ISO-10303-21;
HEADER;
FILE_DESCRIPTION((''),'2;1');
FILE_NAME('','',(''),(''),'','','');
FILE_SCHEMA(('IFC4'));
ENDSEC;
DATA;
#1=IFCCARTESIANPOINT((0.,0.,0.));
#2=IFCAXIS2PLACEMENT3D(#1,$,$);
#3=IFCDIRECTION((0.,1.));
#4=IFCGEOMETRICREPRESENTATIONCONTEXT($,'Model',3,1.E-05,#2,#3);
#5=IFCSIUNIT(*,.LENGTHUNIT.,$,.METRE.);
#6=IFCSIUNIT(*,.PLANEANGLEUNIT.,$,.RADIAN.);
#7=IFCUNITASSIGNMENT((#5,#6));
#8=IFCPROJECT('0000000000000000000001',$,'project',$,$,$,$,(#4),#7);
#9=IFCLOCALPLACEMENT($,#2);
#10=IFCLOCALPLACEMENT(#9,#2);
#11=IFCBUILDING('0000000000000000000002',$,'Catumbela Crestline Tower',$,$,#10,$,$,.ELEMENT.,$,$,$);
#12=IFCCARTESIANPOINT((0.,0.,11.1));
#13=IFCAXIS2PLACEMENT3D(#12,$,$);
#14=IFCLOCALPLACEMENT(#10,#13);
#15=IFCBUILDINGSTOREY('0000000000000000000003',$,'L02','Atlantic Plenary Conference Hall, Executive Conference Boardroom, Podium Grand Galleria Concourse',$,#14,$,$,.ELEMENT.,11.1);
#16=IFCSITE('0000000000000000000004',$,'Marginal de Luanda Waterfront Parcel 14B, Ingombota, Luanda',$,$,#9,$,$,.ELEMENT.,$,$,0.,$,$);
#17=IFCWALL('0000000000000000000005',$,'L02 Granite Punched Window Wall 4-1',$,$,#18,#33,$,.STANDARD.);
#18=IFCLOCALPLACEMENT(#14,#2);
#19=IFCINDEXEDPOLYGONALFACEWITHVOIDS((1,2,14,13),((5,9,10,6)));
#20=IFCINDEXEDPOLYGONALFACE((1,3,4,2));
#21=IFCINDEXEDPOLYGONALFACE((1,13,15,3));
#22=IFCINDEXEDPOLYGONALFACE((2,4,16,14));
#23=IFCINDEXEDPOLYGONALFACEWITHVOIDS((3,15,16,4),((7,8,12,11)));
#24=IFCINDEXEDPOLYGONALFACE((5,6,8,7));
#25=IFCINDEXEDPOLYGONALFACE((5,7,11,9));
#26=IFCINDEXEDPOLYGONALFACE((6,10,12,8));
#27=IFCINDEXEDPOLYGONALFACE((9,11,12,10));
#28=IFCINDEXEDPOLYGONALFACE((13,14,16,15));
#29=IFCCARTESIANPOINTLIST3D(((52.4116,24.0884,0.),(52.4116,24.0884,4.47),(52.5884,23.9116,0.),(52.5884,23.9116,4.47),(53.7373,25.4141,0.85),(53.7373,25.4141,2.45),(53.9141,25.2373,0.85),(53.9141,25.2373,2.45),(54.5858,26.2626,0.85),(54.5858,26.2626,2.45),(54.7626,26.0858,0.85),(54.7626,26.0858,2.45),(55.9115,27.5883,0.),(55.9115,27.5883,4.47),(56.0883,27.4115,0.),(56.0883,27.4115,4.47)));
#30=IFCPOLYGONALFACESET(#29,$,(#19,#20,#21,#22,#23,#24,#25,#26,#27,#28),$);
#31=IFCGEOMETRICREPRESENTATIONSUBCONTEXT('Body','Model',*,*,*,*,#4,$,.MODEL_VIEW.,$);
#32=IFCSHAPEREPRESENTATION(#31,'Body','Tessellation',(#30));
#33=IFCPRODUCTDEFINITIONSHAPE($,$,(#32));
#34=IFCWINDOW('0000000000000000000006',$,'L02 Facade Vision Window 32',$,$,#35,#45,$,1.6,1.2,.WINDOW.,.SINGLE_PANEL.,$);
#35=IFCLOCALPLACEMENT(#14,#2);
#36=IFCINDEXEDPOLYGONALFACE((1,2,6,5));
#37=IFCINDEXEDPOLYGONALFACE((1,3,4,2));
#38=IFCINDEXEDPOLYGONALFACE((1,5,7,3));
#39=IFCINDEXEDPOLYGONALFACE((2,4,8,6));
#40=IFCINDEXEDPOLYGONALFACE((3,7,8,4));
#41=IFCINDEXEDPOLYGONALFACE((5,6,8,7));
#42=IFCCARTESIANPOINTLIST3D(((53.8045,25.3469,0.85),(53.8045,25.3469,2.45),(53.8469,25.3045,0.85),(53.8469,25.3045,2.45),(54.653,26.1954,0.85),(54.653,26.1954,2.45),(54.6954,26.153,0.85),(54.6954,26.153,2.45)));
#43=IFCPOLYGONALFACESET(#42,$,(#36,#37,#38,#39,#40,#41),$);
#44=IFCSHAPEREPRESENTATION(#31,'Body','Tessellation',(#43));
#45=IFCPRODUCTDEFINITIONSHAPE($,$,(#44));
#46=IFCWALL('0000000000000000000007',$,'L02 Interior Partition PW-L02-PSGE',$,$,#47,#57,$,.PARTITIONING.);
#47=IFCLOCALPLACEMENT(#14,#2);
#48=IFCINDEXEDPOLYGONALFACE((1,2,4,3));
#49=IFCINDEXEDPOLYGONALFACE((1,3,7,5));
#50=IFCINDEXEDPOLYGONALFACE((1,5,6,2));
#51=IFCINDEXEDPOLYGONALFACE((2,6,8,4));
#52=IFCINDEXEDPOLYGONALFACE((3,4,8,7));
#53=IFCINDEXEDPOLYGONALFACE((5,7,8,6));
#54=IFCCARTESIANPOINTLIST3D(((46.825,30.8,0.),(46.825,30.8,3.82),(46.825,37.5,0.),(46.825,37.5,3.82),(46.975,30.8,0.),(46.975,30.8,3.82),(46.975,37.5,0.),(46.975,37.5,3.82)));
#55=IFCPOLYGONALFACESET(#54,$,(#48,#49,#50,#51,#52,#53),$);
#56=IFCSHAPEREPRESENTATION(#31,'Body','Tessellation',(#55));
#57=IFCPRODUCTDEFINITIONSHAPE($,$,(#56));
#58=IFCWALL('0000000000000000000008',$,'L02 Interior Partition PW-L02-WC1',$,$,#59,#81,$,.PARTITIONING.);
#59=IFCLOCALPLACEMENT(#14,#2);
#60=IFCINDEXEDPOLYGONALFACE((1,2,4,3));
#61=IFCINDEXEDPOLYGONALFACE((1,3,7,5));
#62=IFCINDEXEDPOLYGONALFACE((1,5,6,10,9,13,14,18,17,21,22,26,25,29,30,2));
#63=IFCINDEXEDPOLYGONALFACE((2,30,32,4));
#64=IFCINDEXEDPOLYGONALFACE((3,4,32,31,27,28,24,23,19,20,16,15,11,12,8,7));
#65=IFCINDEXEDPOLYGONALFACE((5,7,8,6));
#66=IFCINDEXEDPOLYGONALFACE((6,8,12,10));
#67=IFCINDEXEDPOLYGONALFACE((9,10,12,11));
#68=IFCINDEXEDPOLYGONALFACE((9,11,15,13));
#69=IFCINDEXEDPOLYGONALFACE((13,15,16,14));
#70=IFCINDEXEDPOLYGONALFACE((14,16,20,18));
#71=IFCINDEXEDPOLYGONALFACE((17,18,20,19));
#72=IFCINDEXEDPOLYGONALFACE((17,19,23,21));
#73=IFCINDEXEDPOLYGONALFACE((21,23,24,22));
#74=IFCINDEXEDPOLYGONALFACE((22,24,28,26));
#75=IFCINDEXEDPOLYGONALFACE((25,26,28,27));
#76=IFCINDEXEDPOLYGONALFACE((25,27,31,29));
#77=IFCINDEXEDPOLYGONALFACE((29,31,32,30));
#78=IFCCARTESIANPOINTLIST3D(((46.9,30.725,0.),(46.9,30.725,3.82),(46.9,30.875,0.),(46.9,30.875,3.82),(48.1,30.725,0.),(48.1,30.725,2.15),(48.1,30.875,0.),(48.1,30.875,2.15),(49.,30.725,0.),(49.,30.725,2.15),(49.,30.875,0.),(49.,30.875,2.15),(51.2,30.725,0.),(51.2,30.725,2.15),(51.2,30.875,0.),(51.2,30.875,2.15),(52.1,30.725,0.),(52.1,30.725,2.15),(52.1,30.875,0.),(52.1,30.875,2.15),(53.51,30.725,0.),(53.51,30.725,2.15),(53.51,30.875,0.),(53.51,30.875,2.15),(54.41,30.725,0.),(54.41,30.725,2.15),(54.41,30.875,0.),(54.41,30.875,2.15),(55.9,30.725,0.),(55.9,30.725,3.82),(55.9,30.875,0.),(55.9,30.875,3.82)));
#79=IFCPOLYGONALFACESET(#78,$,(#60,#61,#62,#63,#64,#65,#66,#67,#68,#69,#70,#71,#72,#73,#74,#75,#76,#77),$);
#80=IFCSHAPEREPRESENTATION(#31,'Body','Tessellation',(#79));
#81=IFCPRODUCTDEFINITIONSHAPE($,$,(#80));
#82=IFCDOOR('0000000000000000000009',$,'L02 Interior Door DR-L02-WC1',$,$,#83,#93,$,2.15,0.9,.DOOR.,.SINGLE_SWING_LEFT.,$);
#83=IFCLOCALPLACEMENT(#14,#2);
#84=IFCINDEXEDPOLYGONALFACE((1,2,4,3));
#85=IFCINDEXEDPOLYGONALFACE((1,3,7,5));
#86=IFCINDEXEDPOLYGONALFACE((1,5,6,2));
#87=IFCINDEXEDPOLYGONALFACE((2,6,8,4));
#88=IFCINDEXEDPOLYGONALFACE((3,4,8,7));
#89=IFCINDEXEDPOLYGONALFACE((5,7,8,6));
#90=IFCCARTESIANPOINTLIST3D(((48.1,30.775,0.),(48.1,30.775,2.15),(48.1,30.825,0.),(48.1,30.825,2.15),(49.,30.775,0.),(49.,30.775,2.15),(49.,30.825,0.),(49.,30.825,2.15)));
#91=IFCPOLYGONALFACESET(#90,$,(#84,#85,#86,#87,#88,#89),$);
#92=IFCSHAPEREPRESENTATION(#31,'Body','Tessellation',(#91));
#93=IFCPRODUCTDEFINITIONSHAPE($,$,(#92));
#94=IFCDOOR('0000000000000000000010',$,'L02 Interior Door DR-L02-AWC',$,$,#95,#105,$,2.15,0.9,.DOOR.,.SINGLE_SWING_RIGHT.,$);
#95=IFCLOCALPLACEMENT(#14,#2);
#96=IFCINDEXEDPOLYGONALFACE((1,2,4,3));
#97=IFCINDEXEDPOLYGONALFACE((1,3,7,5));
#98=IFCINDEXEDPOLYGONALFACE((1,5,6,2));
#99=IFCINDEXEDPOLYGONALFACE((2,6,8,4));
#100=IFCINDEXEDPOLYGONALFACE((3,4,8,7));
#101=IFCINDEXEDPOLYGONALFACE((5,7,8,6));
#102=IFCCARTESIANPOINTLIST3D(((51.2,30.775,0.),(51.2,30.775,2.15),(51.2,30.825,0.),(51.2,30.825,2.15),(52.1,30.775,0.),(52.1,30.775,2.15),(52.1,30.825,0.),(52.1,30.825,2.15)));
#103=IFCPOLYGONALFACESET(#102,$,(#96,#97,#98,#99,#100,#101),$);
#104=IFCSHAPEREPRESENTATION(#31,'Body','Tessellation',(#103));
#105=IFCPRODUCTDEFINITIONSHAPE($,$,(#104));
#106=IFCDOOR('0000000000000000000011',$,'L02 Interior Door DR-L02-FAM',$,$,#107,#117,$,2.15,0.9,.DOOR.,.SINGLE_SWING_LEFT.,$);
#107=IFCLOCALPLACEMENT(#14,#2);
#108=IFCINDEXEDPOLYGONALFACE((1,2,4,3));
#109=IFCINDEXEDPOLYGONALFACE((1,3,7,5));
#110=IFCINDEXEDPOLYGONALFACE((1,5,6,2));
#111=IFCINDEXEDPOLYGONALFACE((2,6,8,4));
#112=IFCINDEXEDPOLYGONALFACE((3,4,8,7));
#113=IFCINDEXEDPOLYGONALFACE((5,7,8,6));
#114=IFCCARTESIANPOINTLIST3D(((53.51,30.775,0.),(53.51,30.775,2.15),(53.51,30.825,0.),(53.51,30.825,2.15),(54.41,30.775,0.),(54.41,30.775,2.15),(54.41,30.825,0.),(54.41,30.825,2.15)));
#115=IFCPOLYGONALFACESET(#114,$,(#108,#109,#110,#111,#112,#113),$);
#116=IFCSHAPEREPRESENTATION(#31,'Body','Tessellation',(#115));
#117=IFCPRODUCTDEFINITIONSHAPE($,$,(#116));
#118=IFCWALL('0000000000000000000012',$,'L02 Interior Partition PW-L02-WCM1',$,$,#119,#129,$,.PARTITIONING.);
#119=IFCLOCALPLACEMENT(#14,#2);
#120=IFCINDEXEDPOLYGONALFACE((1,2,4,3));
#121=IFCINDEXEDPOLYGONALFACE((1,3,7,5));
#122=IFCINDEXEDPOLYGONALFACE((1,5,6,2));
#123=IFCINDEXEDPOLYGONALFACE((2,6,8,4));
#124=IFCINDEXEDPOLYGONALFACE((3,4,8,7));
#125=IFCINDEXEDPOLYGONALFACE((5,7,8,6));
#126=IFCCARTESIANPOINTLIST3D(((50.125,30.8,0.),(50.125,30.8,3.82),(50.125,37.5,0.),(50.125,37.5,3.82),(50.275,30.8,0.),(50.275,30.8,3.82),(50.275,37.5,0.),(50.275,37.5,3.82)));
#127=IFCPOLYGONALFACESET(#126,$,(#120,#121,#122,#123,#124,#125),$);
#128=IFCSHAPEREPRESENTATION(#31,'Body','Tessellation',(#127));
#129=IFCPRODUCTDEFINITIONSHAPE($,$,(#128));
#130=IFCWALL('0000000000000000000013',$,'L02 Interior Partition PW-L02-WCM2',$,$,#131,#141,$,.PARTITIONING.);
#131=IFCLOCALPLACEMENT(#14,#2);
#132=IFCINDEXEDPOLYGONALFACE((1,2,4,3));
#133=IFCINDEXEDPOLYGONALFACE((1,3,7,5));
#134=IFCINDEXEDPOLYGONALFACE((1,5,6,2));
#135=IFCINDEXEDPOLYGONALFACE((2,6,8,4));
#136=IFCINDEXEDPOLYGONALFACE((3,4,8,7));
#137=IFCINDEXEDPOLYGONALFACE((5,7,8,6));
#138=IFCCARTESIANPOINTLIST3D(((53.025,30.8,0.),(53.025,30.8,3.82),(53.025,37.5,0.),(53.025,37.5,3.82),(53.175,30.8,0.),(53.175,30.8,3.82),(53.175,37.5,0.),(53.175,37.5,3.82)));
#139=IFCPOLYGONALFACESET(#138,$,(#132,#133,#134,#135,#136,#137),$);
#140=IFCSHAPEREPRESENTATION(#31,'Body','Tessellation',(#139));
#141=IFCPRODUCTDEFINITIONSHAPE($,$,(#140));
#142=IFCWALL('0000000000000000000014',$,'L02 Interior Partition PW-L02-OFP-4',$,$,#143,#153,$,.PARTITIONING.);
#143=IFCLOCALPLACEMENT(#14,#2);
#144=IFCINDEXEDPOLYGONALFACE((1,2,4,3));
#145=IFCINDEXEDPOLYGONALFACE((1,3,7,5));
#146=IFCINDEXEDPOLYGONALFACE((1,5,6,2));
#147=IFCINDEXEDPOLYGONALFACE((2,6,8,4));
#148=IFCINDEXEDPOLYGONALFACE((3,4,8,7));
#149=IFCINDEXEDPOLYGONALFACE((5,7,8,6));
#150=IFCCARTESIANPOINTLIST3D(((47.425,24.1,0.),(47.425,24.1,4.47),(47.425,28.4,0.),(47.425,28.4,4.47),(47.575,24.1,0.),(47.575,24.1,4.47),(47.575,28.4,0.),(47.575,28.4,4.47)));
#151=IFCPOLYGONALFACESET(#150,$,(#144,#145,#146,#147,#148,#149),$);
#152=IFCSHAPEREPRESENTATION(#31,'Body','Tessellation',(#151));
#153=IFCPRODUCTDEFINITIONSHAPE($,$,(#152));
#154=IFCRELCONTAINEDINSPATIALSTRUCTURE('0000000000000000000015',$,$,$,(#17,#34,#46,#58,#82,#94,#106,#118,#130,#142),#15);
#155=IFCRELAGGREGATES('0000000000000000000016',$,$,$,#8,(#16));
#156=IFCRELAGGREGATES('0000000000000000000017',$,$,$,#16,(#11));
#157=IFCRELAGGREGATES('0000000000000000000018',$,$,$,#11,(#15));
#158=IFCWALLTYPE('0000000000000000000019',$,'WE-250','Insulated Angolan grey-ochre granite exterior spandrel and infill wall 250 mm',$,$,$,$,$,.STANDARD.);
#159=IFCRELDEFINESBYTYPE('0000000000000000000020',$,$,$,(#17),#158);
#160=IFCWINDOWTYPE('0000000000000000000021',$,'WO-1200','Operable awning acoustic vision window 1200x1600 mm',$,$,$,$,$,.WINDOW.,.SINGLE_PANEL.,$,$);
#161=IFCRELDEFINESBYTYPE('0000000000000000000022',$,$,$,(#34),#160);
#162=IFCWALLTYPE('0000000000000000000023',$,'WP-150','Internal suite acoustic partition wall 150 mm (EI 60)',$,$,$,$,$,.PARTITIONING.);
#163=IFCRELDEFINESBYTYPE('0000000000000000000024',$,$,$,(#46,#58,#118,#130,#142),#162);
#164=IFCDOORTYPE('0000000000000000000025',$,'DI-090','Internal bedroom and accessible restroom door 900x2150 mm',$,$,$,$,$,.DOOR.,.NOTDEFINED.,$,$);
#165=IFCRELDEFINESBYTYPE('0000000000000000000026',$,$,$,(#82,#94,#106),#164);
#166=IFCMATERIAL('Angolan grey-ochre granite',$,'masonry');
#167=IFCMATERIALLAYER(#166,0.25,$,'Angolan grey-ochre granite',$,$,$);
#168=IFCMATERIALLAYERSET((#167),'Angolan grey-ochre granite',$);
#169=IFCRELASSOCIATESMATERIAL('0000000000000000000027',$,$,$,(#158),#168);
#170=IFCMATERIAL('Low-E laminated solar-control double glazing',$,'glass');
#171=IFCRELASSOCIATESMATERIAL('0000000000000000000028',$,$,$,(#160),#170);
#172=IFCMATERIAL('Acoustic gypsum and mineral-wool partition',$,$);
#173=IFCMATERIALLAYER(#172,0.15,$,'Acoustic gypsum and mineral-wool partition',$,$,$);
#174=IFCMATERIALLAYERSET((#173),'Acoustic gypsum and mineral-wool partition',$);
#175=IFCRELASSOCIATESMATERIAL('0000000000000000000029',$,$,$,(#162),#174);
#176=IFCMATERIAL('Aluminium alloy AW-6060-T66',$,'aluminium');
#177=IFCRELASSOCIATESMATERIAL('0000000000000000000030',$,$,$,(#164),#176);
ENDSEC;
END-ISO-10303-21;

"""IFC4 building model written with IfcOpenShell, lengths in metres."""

from ifc_helpers import new_model, si_unit, direction, frame, frame_2d, origin, place, context, subcontext, project, spatial, rectangle, extrude, material, layer, layer_set, type_object, element, fill, save


model = new_model("IFC4")

# Units and contexts
model_context = context("Model", 3, precision=1e-05, world=origin(), true_north=direction((0.0, 1.0)))
body_context = subcontext(model_context, "Body", "Model", "MODEL_VIEW")
ifc_project = project(units=[si_unit("LENGTHUNIT", "METRE"), si_unit("PLANEANGLEUNIT", "RADIAN")], contexts=[model_context])

# Site, building, storey
site_placement = place(None, origin())
site = spatial("IfcSite", under=ifc_project, at=site_placement, Name="Marginal de Luanda Waterfront Parcel 14B, Ingombota, Luanda", CompositionType="ELEMENT", RefElevation=0.0)
building_placement = place(site_placement, origin())
building = spatial("IfcBuilding", under=site, at=building_placement, Name="Catumbela Crestline Tower", CompositionType="ELEMENT")
storey_placement = place(building_placement, frame((0.0, 0.0, 11.1)))
storey = spatial("IfcBuildingStorey", under=building, at=storey_placement, Name="L02", Description="Atlantic Plenary Conference Hall, Executive Conference Boardroom, Podium Grand Galleria Concourse", CompositionType="ELEMENT", Elevation=11.1)

# Shared definitions
ifc_material_1 = material(Name="Aluminium alloy AW-6060-T66", Category="aluminium")

# Shared definitions
ifc_material_2 = material(Name="Low-E laminated solar-control double glazing", Category="glass")

# Wall, opening, window
ifc_material_3 = material(Name="Angolan grey-ochre granite", Category="masonry")
ifc_layer_1 = layer(ifc_material_3, 0.25, Name="Angolan grey-ochre granite")
ifc_layer_set_1 = layer_set([ifc_layer_1], Name="Angolan grey-ochre granite")
wall_type_1 = type_object("IfcWallType", Name="WE-250", Description="Insulated Angolan grey-ochre granite exterior spandrel and infill wall 250 mm", PredefinedType="STANDARD", material=ifc_layer_set_1)
wall_1_placement = place(storey_placement, frame((52.5, 24.0, 0.0), z_axis=(0.0, 0.0, 1.0), x_axis=(0.707107, 0.707107, 0.0)))
wall_1 = element("IfcWall", 1, at=wall_1_placement, inside=storey, type_object=wall_type_1, Name="L02 Granite Punched Window Wall 4-1", PredefinedType="STANDARD", context=body_context, shape_type="SweptSolid", body=[
    extrude(rectangle(XDim=4.9497, YDim=0.25, at=frame_2d((2.4748, 0.0))), origin(), (0.0, 0.0, 1.0), 4.47),
])
opening_1_placement = place(wall_1_placement, frame((1.8748, 0.0, 0.85)))
opening_1 = element("IfcOpeningElement", 2, at=opening_1_placement, cuts=wall_1, PredefinedType="OPENING", context=body_context, shape_type="SweptSolid", body=[
    extrude(rectangle(XDim=1.2, YDim=1.6, at=frame_2d((0.6, 0.8))), frame((0.0, 0.135, 0.0), z_axis=(0.0, -1.0, 0.0), x_axis=(1.0, 0.0, 0.0)), (0.0, 0.0, 1.0), 0.27),
])
window_type = type_object("IfcWindowType", Name="WO-1200", Description="Operable awning acoustic vision window 1200x1600 mm", PartitioningType="SINGLE_PANEL", PredefinedType="WINDOW", material=ifc_material_2)
window_placement = place(opening_1_placement, origin())
window = element("IfcWindow", 3, at=window_placement, inside=storey, type_object=window_type, Name="L02 Facade Vision Window 32", OverallHeight=1.6, OverallWidth=1.2, PartitioningType="SINGLE_PANEL", PredefinedType="WINDOW", context=body_context, shape_type="SweptSolid", body=[
    extrude(rectangle(XDim=1.2, YDim=1.6, at=frame_2d((0.6, 0.8))), frame((0.0, 0.03, 0.0), z_axis=(0.0, -1.0, 0.0), x_axis=(1.0, 0.0, 0.0)), (0.0, 0.0, 1.0), 0.06),
])
fill(opening_1, window)

# Wall
ifc_material_4 = material(Name="Acoustic gypsum and mineral-wool partition")
ifc_layer_2 = layer(ifc_material_4, 0.15, Name="Acoustic gypsum and mineral-wool partition")
ifc_layer_set_2 = layer_set([ifc_layer_2], Name="Acoustic gypsum and mineral-wool partition")
wall_type_2 = type_object("IfcWallType", Name="WP-150", Description="Internal suite acoustic partition wall 150 mm (EI 60)", PredefinedType="PARTITIONING", material=ifc_layer_set_2)
wall_2_placement = place(storey_placement, frame((46.9, 30.8, 0.0), z_axis=(0.0, 0.0, 1.0), x_axis=(0.0, 1.0, 0.0)))
element("IfcWall", 4, at=wall_2_placement, inside=storey, type_object=wall_type_2, Name="L02 Interior Partition PW-L02-PSGE", PredefinedType="PARTITIONING", context=body_context, shape_type="SweptSolid", body=[
    extrude(rectangle(XDim=6.7, YDim=0.15, at=frame_2d((3.35, 0.0))), origin(), (0.0, 0.0, 1.0), 3.82),
])

# Wall, openings, doors
wall_3_placement = place(storey_placement, frame((46.9, 30.8, 0.0), z_axis=(0.0, 0.0, 1.0), x_axis=(1.0, 0.0, 0.0)))
wall_3 = element("IfcWall", 5, at=wall_3_placement, inside=storey, type_object=wall_type_2, Name="L02 Interior Partition PW-L02-WC1", PredefinedType="PARTITIONING", context=body_context, shape_type="SweptSolid", body=[
    extrude(rectangle(XDim=9.0, YDim=0.15, at=frame_2d((4.5, 0.0))), origin(), (0.0, 0.0, 1.0), 3.82),
])
opening_2_placement = place(wall_3_placement, frame((1.2, 0.0, 0.0)))
opening_2 = element("IfcOpeningElement", 6, at=opening_2_placement, cuts=wall_3, PredefinedType="OPENING", context=body_context, shape_type="SweptSolid", body=[
    extrude(rectangle(XDim=0.9, YDim=2.15, at=frame_2d((0.45, 1.075))), frame((0.0, 0.085, 0.0), z_axis=(0.0, -1.0, 0.0), x_axis=(1.0, 0.0, 0.0)), (0.0, 0.0, 1.0), 0.17),
])
opening_3_placement = place(wall_3_placement, frame((4.3, 0.0, 0.0)))
opening_3 = element("IfcOpeningElement", 7, at=opening_3_placement, cuts=wall_3, PredefinedType="OPENING", context=body_context, shape_type="SweptSolid", body=[
    extrude(rectangle(XDim=0.9, YDim=2.15, at=frame_2d((0.45, 1.075))), frame((0.0, 0.085, 0.0), z_axis=(0.0, -1.0, 0.0), x_axis=(1.0, 0.0, 0.0)), (0.0, 0.0, 1.0), 0.17),
])
opening_4_placement = place(wall_3_placement, frame((6.61, 0.0, 0.0)))
opening_4 = element("IfcOpeningElement", 8, at=opening_4_placement, cuts=wall_3, PredefinedType="OPENING", context=body_context, shape_type="SweptSolid", body=[
    extrude(rectangle(XDim=0.9, YDim=2.15, at=frame_2d((0.45, 1.075))), frame((0.0, 0.085, 0.0), z_axis=(0.0, -1.0, 0.0), x_axis=(1.0, 0.0, 0.0)), (0.0, 0.0, 1.0), 0.17),
])
door_type = type_object("IfcDoorType", Name="DI-090", Description="Internal bedroom and accessible restroom door 900x2150 mm", OperationType="NOTDEFINED", PredefinedType="DOOR", material=ifc_material_1)
door_1_placement = place(opening_2_placement, origin())
door_1 = element("IfcDoor", 9, at=door_1_placement, inside=storey, type_object=door_type, Name="L02 Interior Door DR-L02-WC1", OperationType="SINGLE_SWING_LEFT", OverallHeight=2.15, OverallWidth=0.9, PredefinedType="DOOR", context=body_context, shape_type="SweptSolid", body=[
    extrude(rectangle(XDim=0.9, YDim=2.15, at=frame_2d((0.45, 1.075))), frame((0.0, 0.025, 0.0), z_axis=(0.0, -1.0, 0.0), x_axis=(1.0, 0.0, 0.0)), (0.0, 0.0, 1.0), 0.05),
])
fill(opening_2, door_1)
door_2_placement = place(opening_3_placement, origin())
door_2 = element("IfcDoor", 10, at=door_2_placement, inside=storey, type_object=door_type, Name="L02 Interior Door DR-L02-AWC", OperationType="SINGLE_SWING_RIGHT", OverallHeight=2.15, OverallWidth=0.9, PredefinedType="DOOR", context=body_context, shape_type="SweptSolid", body=[
    extrude(rectangle(XDim=0.9, YDim=2.15, at=frame_2d((0.45, 1.075))), frame((0.0, 0.025, 0.0), z_axis=(0.0, -1.0, 0.0), x_axis=(1.0, 0.0, 0.0)), (0.0, 0.0, 1.0), 0.05),
])
fill(opening_3, door_2)
door_3_placement = place(opening_4_placement, origin())
door_3 = element("IfcDoor", 11, at=door_3_placement, inside=storey, type_object=door_type, Name="L02 Interior Door DR-L02-FAM", OperationType="SINGLE_SWING_LEFT", OverallHeight=2.15, OverallWidth=0.9, PredefinedType="DOOR", context=body_context, shape_type="SweptSolid", body=[
    extrude(rectangle(XDim=0.9, YDim=2.15, at=frame_2d((0.45, 1.075))), frame((0.0, 0.025, 0.0), z_axis=(0.0, -1.0, 0.0), x_axis=(1.0, 0.0, 0.0)), (0.0, 0.0, 1.0), 0.05),
])
fill(opening_4, door_3)

# Walls
for number, where, z_axis, x_axis, name in (
    (12, (50.2, 30.8, 0.0), (0.0, 0.0, 1.0), (0.0, 1.0, 0.0), "L02 Interior Partition PW-L02-WCM1"),
    (13, (53.1, 30.8, 0.0), (0.0, 0.0, 1.0), (0.0, 1.0, 0.0), "L02 Interior Partition PW-L02-WCM2"),
):
    element("IfcWall", number, at=place(storey_placement, frame(where, z_axis=z_axis, x_axis=x_axis)), inside=storey, type_object=wall_type_2, Name=name, PredefinedType="PARTITIONING", context=body_context, shape_type="SweptSolid", body=[
        extrude(rectangle(XDim=6.7, YDim=0.15, at=frame_2d((3.35, 0.0))), origin(), (0.0, 0.0, 1.0), 3.82),
    ])
wall_4_placement = place(storey_placement, frame((47.5, 24.1, 0.0), z_axis=(0.0, 0.0, 1.0), x_axis=(0.0, 1.0, 0.0)))
element("IfcWall", 14, at=wall_4_placement, inside=storey, type_object=wall_type_2, Name="L02 Interior Partition PW-L02-OFP-4", PredefinedType="PARTITIONING", context=body_context, shape_type="SweptSolid", body=[
    extrude(rectangle(XDim=4.3, YDim=0.15, at=frame_2d((2.15, 0.0))), origin(), (0.0, 0.0, 1.0), 4.47),
])

save(model, "model.ifc")
